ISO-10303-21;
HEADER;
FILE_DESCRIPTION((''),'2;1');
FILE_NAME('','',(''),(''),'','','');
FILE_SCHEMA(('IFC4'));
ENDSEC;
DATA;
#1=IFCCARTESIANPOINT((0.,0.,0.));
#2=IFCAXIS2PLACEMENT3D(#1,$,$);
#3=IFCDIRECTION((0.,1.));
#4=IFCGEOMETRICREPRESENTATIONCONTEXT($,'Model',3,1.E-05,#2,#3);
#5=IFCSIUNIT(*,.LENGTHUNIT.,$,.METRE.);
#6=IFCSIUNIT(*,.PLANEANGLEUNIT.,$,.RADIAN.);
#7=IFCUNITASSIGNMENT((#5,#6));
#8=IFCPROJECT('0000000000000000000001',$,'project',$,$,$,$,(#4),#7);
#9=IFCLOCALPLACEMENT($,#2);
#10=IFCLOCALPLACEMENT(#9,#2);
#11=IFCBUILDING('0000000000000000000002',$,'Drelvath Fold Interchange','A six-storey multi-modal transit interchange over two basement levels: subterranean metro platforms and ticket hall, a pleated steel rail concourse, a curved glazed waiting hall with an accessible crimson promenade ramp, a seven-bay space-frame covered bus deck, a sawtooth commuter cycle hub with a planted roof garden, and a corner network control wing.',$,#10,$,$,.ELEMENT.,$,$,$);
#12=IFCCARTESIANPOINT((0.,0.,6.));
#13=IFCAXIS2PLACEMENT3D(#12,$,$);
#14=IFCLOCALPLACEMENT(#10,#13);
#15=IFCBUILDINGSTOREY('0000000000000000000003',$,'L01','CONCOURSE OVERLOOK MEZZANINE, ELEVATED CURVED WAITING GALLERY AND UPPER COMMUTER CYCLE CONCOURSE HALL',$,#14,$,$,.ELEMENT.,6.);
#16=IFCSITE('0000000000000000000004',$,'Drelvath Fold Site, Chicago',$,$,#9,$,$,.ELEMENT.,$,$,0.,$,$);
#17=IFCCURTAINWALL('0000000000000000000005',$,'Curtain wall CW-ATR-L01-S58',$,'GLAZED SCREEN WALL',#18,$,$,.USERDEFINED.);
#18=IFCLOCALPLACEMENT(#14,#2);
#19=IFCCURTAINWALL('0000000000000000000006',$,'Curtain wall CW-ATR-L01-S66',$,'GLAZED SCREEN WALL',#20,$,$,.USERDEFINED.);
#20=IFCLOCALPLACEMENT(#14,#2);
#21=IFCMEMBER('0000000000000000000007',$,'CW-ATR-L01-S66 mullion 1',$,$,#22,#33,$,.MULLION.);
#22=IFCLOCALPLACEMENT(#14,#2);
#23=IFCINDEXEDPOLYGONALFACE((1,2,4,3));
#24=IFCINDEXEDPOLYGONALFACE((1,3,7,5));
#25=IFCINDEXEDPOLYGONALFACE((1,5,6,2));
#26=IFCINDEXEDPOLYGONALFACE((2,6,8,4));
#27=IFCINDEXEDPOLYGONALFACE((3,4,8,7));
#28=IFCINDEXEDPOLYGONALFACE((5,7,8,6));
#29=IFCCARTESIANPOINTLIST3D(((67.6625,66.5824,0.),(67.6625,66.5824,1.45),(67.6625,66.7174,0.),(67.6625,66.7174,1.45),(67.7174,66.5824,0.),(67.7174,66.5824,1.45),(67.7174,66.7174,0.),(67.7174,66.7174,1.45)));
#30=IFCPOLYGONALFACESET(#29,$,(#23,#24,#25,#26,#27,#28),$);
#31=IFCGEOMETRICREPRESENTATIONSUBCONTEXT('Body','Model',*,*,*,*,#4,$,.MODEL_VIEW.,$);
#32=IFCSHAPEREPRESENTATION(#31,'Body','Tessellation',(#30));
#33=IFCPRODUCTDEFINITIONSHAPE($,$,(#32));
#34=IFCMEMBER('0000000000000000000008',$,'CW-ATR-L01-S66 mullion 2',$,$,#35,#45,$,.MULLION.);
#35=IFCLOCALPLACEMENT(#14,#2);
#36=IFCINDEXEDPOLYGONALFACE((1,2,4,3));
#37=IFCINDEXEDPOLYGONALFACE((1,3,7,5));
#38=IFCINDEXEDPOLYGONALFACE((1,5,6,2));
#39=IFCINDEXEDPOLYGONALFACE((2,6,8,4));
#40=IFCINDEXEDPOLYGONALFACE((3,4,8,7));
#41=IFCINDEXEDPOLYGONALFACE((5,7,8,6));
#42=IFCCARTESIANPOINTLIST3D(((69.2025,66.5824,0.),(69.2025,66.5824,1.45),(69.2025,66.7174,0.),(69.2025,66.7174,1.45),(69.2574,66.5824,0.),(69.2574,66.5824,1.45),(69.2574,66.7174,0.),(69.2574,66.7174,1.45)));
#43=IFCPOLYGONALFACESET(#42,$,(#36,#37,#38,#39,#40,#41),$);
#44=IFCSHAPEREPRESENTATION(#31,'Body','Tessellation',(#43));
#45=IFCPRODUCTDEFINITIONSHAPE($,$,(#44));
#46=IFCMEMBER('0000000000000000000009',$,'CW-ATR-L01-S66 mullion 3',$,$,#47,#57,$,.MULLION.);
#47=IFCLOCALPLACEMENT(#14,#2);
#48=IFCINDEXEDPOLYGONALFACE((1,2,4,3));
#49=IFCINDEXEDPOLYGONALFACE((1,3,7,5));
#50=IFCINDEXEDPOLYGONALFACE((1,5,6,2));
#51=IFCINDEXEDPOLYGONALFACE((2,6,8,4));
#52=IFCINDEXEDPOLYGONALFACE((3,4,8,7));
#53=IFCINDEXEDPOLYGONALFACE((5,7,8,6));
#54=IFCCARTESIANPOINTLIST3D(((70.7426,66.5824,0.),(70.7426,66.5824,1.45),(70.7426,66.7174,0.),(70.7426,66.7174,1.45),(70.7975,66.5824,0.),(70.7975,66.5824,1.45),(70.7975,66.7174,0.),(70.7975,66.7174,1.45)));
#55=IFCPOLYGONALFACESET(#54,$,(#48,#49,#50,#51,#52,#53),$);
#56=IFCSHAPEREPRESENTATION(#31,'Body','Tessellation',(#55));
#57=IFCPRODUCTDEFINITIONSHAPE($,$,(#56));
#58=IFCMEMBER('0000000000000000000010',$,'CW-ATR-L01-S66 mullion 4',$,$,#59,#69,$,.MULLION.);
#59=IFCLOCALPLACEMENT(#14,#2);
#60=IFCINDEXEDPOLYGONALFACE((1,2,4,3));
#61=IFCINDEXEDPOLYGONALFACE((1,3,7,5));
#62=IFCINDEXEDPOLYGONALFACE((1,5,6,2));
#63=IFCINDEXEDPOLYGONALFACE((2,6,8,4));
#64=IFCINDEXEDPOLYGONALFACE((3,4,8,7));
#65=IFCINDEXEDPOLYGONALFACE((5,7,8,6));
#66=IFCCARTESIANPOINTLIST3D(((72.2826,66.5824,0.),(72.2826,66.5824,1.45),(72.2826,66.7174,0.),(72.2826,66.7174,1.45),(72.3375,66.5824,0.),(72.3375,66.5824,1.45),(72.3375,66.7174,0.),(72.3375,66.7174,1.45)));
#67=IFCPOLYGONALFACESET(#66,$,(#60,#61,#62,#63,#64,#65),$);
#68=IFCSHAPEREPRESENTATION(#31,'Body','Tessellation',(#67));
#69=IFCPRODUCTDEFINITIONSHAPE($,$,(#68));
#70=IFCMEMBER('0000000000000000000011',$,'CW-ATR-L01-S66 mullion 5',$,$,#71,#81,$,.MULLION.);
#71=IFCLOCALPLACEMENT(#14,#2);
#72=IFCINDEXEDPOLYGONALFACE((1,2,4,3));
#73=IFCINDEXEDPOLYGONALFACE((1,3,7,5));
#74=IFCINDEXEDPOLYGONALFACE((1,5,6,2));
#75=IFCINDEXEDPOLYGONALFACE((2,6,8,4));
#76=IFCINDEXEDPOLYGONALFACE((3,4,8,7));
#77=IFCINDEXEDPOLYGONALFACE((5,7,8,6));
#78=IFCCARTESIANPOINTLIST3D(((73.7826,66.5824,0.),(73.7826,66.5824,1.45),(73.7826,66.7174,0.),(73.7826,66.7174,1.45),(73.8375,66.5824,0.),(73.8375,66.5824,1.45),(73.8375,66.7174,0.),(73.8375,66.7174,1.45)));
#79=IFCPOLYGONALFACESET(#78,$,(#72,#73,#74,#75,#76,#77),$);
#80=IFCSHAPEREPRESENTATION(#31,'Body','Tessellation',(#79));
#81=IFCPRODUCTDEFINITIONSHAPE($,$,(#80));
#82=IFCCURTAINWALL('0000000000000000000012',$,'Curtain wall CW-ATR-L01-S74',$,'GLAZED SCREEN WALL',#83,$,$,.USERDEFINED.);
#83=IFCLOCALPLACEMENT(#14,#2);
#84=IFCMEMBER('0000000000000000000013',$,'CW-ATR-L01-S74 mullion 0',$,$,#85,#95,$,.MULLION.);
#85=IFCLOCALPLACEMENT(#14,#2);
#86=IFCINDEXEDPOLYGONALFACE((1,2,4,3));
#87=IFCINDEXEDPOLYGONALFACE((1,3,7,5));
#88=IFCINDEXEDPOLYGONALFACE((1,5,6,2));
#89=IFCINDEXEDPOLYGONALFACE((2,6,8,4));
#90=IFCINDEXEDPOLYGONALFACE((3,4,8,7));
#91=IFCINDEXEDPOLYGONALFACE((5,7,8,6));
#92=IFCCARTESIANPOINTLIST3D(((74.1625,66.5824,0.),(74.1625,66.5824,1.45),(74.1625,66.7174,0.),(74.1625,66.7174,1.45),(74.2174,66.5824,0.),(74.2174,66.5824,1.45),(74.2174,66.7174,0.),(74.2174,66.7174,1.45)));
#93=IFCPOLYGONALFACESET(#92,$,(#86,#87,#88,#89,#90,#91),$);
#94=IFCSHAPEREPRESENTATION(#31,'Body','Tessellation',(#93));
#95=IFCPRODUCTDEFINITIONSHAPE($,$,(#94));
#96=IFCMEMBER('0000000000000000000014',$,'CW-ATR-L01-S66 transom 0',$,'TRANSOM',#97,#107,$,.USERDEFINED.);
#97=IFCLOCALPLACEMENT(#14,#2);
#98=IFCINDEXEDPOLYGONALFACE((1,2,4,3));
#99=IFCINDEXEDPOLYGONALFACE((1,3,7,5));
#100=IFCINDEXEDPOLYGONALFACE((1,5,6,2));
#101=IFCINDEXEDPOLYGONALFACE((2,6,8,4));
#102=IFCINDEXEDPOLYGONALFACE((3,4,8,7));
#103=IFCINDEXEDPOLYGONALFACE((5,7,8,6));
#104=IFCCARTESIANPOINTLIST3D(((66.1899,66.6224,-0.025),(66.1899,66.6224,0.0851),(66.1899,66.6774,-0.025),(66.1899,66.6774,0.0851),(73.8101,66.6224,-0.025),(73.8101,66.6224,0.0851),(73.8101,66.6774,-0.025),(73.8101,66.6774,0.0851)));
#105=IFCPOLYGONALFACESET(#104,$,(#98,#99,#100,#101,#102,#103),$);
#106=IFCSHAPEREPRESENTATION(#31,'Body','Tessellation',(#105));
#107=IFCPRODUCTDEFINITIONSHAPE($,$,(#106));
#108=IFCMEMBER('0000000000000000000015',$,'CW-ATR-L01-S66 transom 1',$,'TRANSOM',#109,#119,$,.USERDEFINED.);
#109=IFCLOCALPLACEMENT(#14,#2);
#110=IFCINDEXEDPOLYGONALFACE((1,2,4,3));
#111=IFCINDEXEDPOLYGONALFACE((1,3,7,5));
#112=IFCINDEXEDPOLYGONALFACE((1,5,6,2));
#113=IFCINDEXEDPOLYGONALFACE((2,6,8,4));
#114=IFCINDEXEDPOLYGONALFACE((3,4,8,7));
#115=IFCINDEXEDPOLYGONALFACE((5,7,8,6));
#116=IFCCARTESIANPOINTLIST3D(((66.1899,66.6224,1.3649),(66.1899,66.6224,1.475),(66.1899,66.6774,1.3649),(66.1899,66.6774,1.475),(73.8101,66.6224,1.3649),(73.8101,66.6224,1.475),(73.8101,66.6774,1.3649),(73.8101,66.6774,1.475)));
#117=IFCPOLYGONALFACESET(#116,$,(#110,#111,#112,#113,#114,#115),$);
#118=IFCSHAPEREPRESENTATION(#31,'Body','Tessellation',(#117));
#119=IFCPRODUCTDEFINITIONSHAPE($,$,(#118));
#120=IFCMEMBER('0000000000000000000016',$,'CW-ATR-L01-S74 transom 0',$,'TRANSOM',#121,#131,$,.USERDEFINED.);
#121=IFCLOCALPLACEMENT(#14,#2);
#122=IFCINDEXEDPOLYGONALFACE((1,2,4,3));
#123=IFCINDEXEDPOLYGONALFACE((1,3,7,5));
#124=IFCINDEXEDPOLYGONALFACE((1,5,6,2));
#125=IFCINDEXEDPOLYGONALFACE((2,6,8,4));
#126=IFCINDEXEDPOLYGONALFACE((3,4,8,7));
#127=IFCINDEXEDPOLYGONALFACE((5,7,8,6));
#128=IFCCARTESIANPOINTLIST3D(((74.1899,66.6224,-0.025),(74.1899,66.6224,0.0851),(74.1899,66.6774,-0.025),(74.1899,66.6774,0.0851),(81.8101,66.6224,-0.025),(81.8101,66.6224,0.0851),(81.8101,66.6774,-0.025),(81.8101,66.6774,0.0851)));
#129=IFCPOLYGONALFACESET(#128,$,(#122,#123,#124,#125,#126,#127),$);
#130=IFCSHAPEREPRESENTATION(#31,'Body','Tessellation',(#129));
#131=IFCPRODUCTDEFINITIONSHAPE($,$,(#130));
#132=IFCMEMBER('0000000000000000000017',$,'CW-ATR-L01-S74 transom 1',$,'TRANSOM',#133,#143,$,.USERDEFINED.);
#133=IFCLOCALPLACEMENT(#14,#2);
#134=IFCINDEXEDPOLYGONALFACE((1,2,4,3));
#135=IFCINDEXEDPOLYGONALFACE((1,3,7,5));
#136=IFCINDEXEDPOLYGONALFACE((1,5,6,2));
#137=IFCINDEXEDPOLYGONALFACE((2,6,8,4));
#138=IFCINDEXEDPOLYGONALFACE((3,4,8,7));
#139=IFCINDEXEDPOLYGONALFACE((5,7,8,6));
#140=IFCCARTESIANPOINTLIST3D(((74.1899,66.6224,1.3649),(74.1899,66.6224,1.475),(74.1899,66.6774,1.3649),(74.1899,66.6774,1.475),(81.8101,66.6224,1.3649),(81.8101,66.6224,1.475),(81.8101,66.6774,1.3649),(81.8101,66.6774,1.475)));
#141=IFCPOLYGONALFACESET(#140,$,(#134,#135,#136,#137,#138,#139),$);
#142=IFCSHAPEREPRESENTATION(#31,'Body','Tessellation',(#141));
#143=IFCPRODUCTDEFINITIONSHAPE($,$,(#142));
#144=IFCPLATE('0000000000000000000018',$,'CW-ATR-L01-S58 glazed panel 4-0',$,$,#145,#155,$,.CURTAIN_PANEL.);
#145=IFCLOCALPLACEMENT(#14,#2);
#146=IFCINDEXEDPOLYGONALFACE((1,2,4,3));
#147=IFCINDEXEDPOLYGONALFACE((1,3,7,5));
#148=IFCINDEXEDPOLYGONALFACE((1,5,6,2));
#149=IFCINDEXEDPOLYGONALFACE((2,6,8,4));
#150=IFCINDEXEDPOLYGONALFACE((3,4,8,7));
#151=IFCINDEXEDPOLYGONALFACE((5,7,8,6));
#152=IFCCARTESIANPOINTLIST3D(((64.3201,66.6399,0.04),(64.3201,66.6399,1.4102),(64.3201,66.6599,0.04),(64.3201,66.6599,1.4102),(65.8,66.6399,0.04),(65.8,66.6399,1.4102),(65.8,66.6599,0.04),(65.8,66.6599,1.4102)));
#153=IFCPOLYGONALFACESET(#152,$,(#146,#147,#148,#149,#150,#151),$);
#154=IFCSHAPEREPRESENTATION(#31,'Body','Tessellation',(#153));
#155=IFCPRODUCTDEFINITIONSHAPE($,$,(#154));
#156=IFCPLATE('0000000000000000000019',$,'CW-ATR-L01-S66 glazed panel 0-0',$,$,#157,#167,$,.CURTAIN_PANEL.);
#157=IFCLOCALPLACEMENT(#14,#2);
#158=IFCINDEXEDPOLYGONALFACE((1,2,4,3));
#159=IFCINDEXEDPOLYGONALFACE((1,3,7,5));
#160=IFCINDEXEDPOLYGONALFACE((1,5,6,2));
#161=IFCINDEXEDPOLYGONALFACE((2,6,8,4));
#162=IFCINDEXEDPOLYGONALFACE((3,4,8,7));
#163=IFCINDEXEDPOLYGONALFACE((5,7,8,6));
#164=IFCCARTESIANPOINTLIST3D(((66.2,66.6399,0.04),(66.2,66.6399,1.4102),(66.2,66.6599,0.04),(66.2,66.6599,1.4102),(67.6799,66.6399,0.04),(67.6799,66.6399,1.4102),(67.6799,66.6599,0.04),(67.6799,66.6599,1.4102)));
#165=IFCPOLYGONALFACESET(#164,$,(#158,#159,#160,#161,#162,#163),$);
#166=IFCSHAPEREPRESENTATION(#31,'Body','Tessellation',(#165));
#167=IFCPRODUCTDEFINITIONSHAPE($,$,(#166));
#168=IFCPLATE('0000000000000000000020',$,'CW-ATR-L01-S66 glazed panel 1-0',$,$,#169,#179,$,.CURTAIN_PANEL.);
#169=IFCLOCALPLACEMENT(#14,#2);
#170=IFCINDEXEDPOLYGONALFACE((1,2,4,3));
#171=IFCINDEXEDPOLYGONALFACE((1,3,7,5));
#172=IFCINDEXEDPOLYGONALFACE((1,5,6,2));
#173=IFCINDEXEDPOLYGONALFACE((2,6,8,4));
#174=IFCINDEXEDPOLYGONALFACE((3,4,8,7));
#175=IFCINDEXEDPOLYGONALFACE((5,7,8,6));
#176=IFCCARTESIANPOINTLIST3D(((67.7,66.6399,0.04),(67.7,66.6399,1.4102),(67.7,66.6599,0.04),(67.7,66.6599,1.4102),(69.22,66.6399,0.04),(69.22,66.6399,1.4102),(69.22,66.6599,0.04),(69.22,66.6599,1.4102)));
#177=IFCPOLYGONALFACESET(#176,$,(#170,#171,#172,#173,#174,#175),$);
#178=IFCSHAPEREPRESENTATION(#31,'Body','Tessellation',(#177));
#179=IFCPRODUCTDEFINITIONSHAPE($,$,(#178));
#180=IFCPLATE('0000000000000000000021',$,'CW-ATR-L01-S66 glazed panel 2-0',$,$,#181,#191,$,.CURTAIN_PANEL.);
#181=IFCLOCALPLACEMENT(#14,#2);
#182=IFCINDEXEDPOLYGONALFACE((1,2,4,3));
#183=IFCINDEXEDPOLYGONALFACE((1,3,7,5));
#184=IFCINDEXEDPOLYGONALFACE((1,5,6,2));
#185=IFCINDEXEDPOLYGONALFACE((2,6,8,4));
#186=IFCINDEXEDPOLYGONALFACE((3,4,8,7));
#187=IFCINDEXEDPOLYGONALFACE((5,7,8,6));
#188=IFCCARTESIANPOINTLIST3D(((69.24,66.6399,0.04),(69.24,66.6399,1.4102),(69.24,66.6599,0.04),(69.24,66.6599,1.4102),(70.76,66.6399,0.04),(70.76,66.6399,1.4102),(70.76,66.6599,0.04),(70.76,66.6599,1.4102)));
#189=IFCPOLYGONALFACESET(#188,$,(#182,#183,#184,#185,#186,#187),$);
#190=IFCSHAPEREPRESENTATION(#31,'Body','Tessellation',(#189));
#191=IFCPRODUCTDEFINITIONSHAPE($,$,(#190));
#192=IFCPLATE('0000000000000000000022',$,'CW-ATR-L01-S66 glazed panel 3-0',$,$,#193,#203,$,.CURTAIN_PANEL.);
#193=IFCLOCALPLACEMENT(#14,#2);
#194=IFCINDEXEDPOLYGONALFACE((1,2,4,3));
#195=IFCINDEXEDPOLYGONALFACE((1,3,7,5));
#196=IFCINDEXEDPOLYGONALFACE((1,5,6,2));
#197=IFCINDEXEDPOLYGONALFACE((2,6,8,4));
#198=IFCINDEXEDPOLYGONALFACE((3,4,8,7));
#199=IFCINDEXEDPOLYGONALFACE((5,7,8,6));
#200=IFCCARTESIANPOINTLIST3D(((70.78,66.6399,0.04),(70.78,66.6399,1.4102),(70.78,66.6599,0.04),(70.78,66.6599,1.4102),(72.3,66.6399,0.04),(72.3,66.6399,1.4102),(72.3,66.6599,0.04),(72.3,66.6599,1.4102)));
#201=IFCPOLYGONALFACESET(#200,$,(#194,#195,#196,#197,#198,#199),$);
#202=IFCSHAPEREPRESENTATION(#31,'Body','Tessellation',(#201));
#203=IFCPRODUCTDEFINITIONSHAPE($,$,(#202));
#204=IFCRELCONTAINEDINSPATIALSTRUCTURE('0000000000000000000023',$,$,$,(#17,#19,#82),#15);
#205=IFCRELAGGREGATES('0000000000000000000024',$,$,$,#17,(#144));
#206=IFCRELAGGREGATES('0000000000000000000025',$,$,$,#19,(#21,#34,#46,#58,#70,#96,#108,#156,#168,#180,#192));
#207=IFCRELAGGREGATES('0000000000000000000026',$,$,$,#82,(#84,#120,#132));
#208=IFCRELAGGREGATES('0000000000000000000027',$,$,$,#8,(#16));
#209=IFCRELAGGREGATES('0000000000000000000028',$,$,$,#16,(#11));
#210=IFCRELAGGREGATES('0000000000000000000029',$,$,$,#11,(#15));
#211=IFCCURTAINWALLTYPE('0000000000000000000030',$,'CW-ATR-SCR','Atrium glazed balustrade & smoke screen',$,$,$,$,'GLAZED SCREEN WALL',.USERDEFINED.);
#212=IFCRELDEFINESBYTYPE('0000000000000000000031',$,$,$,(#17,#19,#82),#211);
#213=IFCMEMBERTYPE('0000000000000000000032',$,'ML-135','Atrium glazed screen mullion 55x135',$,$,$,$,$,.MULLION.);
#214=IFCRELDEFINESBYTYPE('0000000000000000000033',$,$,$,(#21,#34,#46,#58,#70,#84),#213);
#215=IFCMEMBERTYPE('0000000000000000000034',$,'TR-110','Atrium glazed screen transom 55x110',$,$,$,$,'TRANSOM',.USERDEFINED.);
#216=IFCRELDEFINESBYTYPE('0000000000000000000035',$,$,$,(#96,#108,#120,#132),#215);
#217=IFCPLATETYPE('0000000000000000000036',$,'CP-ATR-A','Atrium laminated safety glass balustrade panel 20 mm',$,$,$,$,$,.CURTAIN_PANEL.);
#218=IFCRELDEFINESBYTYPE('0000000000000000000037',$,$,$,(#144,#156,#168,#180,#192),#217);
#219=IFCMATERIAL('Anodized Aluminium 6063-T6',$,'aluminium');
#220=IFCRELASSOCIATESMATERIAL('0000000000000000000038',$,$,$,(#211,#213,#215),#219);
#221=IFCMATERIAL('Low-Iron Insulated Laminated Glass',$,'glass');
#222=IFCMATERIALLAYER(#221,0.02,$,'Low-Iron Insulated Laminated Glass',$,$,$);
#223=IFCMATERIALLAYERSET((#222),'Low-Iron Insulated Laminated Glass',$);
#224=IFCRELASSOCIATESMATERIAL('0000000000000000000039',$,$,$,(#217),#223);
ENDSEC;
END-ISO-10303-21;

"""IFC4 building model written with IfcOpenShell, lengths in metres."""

from ifc_helpers import new_model, si_unit, direction, frame, origin, origin_2d, place, context, subcontext, project, spatial, rectangle, extrude, material, layer, layer_set, material_profile, profile_set, type_object, element, aggregate, save


model = new_model("IFC4")

# Units and contexts
model_context = context("Model", 3, precision=1e-05, world=origin(), true_north=direction((0.0, 1.0)))
body_context = subcontext(model_context, "Body", "Model", "MODEL_VIEW")
ifc_project = project(units=[si_unit("LENGTHUNIT", "METRE"), si_unit("PLANEANGLEUNIT", "RADIAN")], contexts=[model_context])

# Site, building, storey
site_placement = place(None, origin())
site = spatial("IfcSite", under=ifc_project, at=site_placement, Name="Drelvath Fold Site, Chicago", CompositionType="ELEMENT", RefElevation=0.0)
building_placement = place(site_placement, origin())
building = spatial("IfcBuilding", under=site, at=building_placement, Name="Drelvath Fold Interchange", Description="A six-storey multi-modal transit interchange over two basement levels: subterranean metro platforms and ticket hall, a pleated steel rail concourse, a curved glazed waiting hall with an accessible crimson promenade ramp, a seven-bay space-frame covered bus deck, a sawtooth commuter cycle hub with a planted roof garden, and a corner network control wing.", CompositionType="ELEMENT")
storey_placement = place(building_placement, frame((0.0, 0.0, 6.0)))
storey = spatial("IfcBuildingStorey", under=building, at=storey_placement, Name="L01", Description="CONCOURSE OVERLOOK MEZZANINE, ELEVATED CURVED WAITING GALLERY AND UPPER COMMUTER CYCLE CONCOURSE HALL", CompositionType="ELEMENT", Elevation=6.0)

# Curtain walls, members
ifc_material_1 = material(Name="Anodized Aluminium 6063-T6", Category="aluminium")
curtain_wall_type = type_object("IfcCurtainWallType", Name="CW-ATR-SCR", Description="Atrium glazed balustrade & smoke screen", ElementType="GLAZED SCREEN WALL", PredefinedType="USERDEFINED", material=ifc_material_1)
curtain_wall_1_placement = place(storey_placement, origin())
curtain_wall_1 = element("IfcCurtainWall", 1, at=curtain_wall_1_placement, inside=storey, type_object=curtain_wall_type, Name="Curtain wall CW-ATR-L01-S58", ObjectType="GLAZED SCREEN WALL", PredefinedType="USERDEFINED")
ifc_material_profile_1 = material_profile(ifc_material_1, rectangle(XDim=0.0549, YDim=0.135, at=origin_2d()), Name="AL-M 55x135")
ifc_profile_set_1 = profile_set([ifc_material_profile_1], Name="Anodized Aluminium 6063-T6")
member_type_1 = type_object("IfcMemberType", Name="ML-135", Description="Atrium glazed screen mullion 55x135", PredefinedType="MULLION", material=ifc_profile_set_1)
curtain_wall_2_placement = place(storey_placement, origin())
curtain_wall_2 = element("IfcCurtainWall", 2, at=curtain_wall_2_placement, inside=storey, type_object=curtain_wall_type, Name="Curtain wall CW-ATR-L01-S66", ObjectType="GLAZED SCREEN WALL", PredefinedType="USERDEFINED")
member_1_placement = place(storey_placement, frame((67.6899, 66.6499, 0.0), z_axis=(0.0, 0.0, 1.0), x_axis=(1.0, 0.0, 0.0)))
member_1 = element("IfcMember", 3, at=member_1_placement, type_object=member_type_1, Name="CW-ATR-L01-S66 mullion 1", PredefinedType="MULLION", context=body_context, shape_type="SweptSolid", body=[
    extrude(rectangle(XDim=0.0549, YDim=0.135, at=origin_2d()), origin(), (0.0, 0.0, 1.0), 1.45),
])
member_2_placement = place(storey_placement, frame((69.23, 66.6499, 0.0), z_axis=(0.0, 0.0, 1.0), x_axis=(1.0, 0.0, 0.0)))
member_2 = element("IfcMember", 4, at=member_2_placement, type_object=member_type_1, Name="CW-ATR-L01-S66 mullion 2", PredefinedType="MULLION", context=body_context, shape_type="SweptSolid", body=[
    extrude(rectangle(XDim=0.0549, YDim=0.135, at=origin_2d()), origin(), (0.0, 0.0, 1.0), 1.45),
])
member_3_placement = place(storey_placement, frame((70.77, 66.6499, 0.0), z_axis=(0.0, 0.0, 1.0), x_axis=(1.0, 0.0, 0.0)))
member_3 = element("IfcMember", 5, at=member_3_placement, type_object=member_type_1, Name="CW-ATR-L01-S66 mullion 3", PredefinedType="MULLION", context=body_context, shape_type="SweptSolid", body=[
    extrude(rectangle(XDim=0.0549, YDim=0.135, at=origin_2d()), origin(), (0.0, 0.0, 1.0), 1.45),
])
member_4_placement = place(storey_placement, frame((72.3101, 66.6499, 0.0), z_axis=(0.0, 0.0, 1.0), x_axis=(1.0, 0.0, 0.0)))
member_4 = element("IfcMember", 6, at=member_4_placement, type_object=member_type_1, Name="CW-ATR-L01-S66 mullion 4", PredefinedType="MULLION", context=body_context, shape_type="SweptSolid", body=[
    extrude(rectangle(XDim=0.0549, YDim=0.135, at=origin_2d()), origin(), (0.0, 0.0, 1.0), 1.45),
])
member_5_placement = place(storey_placement, frame((73.8101, 66.6499, 0.0), z_axis=(0.0, 0.0, 1.0), x_axis=(1.0, 0.0, 0.0)))
member_5 = element("IfcMember", 7, at=member_5_placement, type_object=member_type_1, Name="CW-ATR-L01-S66 mullion 5", PredefinedType="MULLION", context=body_context, shape_type="SweptSolid", body=[
    extrude(rectangle(XDim=0.0549, YDim=0.135, at=origin_2d()), origin(), (0.0, 0.0, 1.0), 1.45),
])

# Curtain wall, member
curtain_wall_3_placement = place(storey_placement, origin())
curtain_wall_3 = element("IfcCurtainWall", 8, at=curtain_wall_3_placement, inside=storey, type_object=curtain_wall_type, Name="Curtain wall CW-ATR-L01-S74", ObjectType="GLAZED SCREEN WALL", PredefinedType="USERDEFINED")
member_6_placement = place(storey_placement, frame((74.1899, 66.6499, 0.0), z_axis=(0.0, 0.0, 1.0), x_axis=(1.0, 0.0, 0.0)))
member_6 = element("IfcMember", 9, at=member_6_placement, type_object=member_type_1, Name="CW-ATR-L01-S74 mullion 0", PredefinedType="MULLION", context=body_context, shape_type="SweptSolid", body=[
    extrude(rectangle(XDim=0.0549, YDim=0.135, at=origin_2d()), origin(), (0.0, 0.0, 1.0), 1.45),
])

# Members
ifc_material_profile_2 = material_profile(ifc_material_1, rectangle(XDim=0.0549, YDim=0.1101, at=origin_2d()), Name="AL-T 55x110")
ifc_profile_set_2 = profile_set([ifc_material_profile_2], Name="Anodized Aluminium 6063-T6")
member_type_2 = type_object("IfcMemberType", Name="TR-110", Description="Atrium glazed screen transom 55x110", ElementType="TRANSOM", PredefinedType="USERDEFINED", material=ifc_profile_set_2)
member_7_placement = place(storey_placement, frame((66.1899, 66.6499, 0.03), z_axis=(1.0, 0.0, 0.0), x_axis=(0.0, 1.0, 0.0)))
member_7 = element("IfcMember", 10, at=member_7_placement, type_object=member_type_2, Name="CW-ATR-L01-S66 transom 0", ObjectType="TRANSOM", PredefinedType="USERDEFINED", context=body_context, shape_type="SweptSolid", body=[
    extrude(rectangle(XDim=0.0549, YDim=0.1101, at=origin_2d()), origin(), (0.0, 0.0, 1.0), 7.6201),
])
member_8_placement = place(storey_placement, frame((66.1899, 66.6499, 1.4199), z_axis=(1.0, 0.0, 0.0), x_axis=(0.0, 1.0, 0.0)))
member_8 = element("IfcMember", 11, at=member_8_placement, type_object=member_type_2, Name="CW-ATR-L01-S66 transom 1", ObjectType="TRANSOM", PredefinedType="USERDEFINED", context=body_context, shape_type="SweptSolid", body=[
    extrude(rectangle(XDim=0.0549, YDim=0.1101, at=origin_2d()), origin(), (0.0, 0.0, 1.0), 7.6201),
])
member_9_placement = place(storey_placement, frame((74.1899, 66.6499, 0.03), z_axis=(1.0, 0.0, 0.0), x_axis=(0.0, 1.0, 0.0)))
member_9 = element("IfcMember", 12, at=member_9_placement, type_object=member_type_2, Name="CW-ATR-L01-S74 transom 0", ObjectType="TRANSOM", PredefinedType="USERDEFINED", context=body_context, shape_type="SweptSolid", body=[
    extrude(rectangle(XDim=0.0549, YDim=0.1101, at=origin_2d()), origin(), (0.0, 0.0, 1.0), 7.6201),
])
member_10_placement = place(storey_placement, frame((74.1899, 66.6499, 1.4199), z_axis=(1.0, 0.0, 0.0), x_axis=(0.0, 1.0, 0.0)))
member_10 = element("IfcMember", 13, at=member_10_placement, type_object=member_type_2, Name="CW-ATR-L01-S74 transom 1", ObjectType="TRANSOM", PredefinedType="USERDEFINED", context=body_context, shape_type="SweptSolid", body=[
    extrude(rectangle(XDim=0.0549, YDim=0.1101, at=origin_2d()), origin(), (0.0, 0.0, 1.0), 7.6201),
])

# Plates
ifc_material_2 = material(Name="Low-Iron Insulated Laminated Glass", Category="glass")
ifc_layer = layer(ifc_material_2, 0.02, Name="Low-Iron Insulated Laminated Glass")
ifc_layer_set = layer_set([ifc_layer], Name="Low-Iron Insulated Laminated Glass")
plate_type = type_object("IfcPlateType", Name="CP-ATR-A", Description="Atrium laminated safety glass balustrade panel 20 mm", PredefinedType="CURTAIN_PANEL", material=ifc_layer_set)
plate_1_placement = place(storey_placement, frame((65.0601, 66.6499, 0.04), z_axis=(0.0, 0.0, 1.0), x_axis=(1.0, 0.0, 0.0)))
plate_1 = element("IfcPlate", 14, at=plate_1_placement, type_object=plate_type, Name="CW-ATR-L01-S58 glazed panel 4-0", PredefinedType="CURTAIN_PANEL", context=body_context, shape_type="SweptSolid", body=[
    extrude(rectangle(XDim=1.48, YDim=0.02, at=origin_2d()), origin(), (0.0, 0.0, 1.0), 1.3701),
])
aggregate(curtain_wall_1, [plate_1])
plate_2_placement = place(storey_placement, frame((66.9399, 66.6499, 0.04), z_axis=(0.0, 0.0, 1.0), x_axis=(1.0, 0.0, 0.0)))
plate_2 = element("IfcPlate", 15, at=plate_2_placement, type_object=plate_type, Name="CW-ATR-L01-S66 glazed panel 0-0", PredefinedType="CURTAIN_PANEL", context=body_context, shape_type="SweptSolid", body=[
    extrude(rectangle(XDim=1.48, YDim=0.02, at=origin_2d()), origin(), (0.0, 0.0, 1.0), 1.3701),
])
plate_3_placement = place(storey_placement, frame((68.46, 66.6499, 0.04), z_axis=(0.0, 0.0, 1.0), x_axis=(1.0, 0.0, 0.0)))
plate_3 = element("IfcPlate", 16, at=plate_3_placement, type_object=plate_type, Name="CW-ATR-L01-S66 glazed panel 1-0", PredefinedType="CURTAIN_PANEL", context=body_context, shape_type="SweptSolid", body=[
    extrude(rectangle(XDim=1.52, YDim=0.02, at=origin_2d()), origin(), (0.0, 0.0, 1.0), 1.3701),
])
plate_4_placement = place(storey_placement, frame((70.0, 66.6499, 0.04), z_axis=(0.0, 0.0, 1.0), x_axis=(1.0, 0.0, 0.0)))
plate_4 = element("IfcPlate", 17, at=plate_4_placement, type_object=plate_type, Name="CW-ATR-L01-S66 glazed panel 2-0", PredefinedType="CURTAIN_PANEL", context=body_context, shape_type="SweptSolid", body=[
    extrude(rectangle(XDim=1.52, YDim=0.02, at=origin_2d()), origin(), (0.0, 0.0, 1.0), 1.3701),
])
plate_5_placement = place(storey_placement, frame((71.54, 66.6499, 0.04), z_axis=(0.0, 0.0, 1.0), x_axis=(1.0, 0.0, 0.0)))
plate_5 = element("IfcPlate", 18, at=plate_5_placement, type_object=plate_type, Name="CW-ATR-L01-S66 glazed panel 3-0", PredefinedType="CURTAIN_PANEL", context=body_context, shape_type="SweptSolid", body=[
    extrude(rectangle(XDim=1.52, YDim=0.02, at=origin_2d()), origin(), (0.0, 0.0, 1.0), 1.3701),
])
aggregate(curtain_wall_2, [member_1, member_2, member_3, member_4, member_5, member_7, member_8, plate_2, plate_3, plate_4, plate_5])
aggregate(curtain_wall_3, [member_6, member_9, member_10])

save(model, "model.ifc")
